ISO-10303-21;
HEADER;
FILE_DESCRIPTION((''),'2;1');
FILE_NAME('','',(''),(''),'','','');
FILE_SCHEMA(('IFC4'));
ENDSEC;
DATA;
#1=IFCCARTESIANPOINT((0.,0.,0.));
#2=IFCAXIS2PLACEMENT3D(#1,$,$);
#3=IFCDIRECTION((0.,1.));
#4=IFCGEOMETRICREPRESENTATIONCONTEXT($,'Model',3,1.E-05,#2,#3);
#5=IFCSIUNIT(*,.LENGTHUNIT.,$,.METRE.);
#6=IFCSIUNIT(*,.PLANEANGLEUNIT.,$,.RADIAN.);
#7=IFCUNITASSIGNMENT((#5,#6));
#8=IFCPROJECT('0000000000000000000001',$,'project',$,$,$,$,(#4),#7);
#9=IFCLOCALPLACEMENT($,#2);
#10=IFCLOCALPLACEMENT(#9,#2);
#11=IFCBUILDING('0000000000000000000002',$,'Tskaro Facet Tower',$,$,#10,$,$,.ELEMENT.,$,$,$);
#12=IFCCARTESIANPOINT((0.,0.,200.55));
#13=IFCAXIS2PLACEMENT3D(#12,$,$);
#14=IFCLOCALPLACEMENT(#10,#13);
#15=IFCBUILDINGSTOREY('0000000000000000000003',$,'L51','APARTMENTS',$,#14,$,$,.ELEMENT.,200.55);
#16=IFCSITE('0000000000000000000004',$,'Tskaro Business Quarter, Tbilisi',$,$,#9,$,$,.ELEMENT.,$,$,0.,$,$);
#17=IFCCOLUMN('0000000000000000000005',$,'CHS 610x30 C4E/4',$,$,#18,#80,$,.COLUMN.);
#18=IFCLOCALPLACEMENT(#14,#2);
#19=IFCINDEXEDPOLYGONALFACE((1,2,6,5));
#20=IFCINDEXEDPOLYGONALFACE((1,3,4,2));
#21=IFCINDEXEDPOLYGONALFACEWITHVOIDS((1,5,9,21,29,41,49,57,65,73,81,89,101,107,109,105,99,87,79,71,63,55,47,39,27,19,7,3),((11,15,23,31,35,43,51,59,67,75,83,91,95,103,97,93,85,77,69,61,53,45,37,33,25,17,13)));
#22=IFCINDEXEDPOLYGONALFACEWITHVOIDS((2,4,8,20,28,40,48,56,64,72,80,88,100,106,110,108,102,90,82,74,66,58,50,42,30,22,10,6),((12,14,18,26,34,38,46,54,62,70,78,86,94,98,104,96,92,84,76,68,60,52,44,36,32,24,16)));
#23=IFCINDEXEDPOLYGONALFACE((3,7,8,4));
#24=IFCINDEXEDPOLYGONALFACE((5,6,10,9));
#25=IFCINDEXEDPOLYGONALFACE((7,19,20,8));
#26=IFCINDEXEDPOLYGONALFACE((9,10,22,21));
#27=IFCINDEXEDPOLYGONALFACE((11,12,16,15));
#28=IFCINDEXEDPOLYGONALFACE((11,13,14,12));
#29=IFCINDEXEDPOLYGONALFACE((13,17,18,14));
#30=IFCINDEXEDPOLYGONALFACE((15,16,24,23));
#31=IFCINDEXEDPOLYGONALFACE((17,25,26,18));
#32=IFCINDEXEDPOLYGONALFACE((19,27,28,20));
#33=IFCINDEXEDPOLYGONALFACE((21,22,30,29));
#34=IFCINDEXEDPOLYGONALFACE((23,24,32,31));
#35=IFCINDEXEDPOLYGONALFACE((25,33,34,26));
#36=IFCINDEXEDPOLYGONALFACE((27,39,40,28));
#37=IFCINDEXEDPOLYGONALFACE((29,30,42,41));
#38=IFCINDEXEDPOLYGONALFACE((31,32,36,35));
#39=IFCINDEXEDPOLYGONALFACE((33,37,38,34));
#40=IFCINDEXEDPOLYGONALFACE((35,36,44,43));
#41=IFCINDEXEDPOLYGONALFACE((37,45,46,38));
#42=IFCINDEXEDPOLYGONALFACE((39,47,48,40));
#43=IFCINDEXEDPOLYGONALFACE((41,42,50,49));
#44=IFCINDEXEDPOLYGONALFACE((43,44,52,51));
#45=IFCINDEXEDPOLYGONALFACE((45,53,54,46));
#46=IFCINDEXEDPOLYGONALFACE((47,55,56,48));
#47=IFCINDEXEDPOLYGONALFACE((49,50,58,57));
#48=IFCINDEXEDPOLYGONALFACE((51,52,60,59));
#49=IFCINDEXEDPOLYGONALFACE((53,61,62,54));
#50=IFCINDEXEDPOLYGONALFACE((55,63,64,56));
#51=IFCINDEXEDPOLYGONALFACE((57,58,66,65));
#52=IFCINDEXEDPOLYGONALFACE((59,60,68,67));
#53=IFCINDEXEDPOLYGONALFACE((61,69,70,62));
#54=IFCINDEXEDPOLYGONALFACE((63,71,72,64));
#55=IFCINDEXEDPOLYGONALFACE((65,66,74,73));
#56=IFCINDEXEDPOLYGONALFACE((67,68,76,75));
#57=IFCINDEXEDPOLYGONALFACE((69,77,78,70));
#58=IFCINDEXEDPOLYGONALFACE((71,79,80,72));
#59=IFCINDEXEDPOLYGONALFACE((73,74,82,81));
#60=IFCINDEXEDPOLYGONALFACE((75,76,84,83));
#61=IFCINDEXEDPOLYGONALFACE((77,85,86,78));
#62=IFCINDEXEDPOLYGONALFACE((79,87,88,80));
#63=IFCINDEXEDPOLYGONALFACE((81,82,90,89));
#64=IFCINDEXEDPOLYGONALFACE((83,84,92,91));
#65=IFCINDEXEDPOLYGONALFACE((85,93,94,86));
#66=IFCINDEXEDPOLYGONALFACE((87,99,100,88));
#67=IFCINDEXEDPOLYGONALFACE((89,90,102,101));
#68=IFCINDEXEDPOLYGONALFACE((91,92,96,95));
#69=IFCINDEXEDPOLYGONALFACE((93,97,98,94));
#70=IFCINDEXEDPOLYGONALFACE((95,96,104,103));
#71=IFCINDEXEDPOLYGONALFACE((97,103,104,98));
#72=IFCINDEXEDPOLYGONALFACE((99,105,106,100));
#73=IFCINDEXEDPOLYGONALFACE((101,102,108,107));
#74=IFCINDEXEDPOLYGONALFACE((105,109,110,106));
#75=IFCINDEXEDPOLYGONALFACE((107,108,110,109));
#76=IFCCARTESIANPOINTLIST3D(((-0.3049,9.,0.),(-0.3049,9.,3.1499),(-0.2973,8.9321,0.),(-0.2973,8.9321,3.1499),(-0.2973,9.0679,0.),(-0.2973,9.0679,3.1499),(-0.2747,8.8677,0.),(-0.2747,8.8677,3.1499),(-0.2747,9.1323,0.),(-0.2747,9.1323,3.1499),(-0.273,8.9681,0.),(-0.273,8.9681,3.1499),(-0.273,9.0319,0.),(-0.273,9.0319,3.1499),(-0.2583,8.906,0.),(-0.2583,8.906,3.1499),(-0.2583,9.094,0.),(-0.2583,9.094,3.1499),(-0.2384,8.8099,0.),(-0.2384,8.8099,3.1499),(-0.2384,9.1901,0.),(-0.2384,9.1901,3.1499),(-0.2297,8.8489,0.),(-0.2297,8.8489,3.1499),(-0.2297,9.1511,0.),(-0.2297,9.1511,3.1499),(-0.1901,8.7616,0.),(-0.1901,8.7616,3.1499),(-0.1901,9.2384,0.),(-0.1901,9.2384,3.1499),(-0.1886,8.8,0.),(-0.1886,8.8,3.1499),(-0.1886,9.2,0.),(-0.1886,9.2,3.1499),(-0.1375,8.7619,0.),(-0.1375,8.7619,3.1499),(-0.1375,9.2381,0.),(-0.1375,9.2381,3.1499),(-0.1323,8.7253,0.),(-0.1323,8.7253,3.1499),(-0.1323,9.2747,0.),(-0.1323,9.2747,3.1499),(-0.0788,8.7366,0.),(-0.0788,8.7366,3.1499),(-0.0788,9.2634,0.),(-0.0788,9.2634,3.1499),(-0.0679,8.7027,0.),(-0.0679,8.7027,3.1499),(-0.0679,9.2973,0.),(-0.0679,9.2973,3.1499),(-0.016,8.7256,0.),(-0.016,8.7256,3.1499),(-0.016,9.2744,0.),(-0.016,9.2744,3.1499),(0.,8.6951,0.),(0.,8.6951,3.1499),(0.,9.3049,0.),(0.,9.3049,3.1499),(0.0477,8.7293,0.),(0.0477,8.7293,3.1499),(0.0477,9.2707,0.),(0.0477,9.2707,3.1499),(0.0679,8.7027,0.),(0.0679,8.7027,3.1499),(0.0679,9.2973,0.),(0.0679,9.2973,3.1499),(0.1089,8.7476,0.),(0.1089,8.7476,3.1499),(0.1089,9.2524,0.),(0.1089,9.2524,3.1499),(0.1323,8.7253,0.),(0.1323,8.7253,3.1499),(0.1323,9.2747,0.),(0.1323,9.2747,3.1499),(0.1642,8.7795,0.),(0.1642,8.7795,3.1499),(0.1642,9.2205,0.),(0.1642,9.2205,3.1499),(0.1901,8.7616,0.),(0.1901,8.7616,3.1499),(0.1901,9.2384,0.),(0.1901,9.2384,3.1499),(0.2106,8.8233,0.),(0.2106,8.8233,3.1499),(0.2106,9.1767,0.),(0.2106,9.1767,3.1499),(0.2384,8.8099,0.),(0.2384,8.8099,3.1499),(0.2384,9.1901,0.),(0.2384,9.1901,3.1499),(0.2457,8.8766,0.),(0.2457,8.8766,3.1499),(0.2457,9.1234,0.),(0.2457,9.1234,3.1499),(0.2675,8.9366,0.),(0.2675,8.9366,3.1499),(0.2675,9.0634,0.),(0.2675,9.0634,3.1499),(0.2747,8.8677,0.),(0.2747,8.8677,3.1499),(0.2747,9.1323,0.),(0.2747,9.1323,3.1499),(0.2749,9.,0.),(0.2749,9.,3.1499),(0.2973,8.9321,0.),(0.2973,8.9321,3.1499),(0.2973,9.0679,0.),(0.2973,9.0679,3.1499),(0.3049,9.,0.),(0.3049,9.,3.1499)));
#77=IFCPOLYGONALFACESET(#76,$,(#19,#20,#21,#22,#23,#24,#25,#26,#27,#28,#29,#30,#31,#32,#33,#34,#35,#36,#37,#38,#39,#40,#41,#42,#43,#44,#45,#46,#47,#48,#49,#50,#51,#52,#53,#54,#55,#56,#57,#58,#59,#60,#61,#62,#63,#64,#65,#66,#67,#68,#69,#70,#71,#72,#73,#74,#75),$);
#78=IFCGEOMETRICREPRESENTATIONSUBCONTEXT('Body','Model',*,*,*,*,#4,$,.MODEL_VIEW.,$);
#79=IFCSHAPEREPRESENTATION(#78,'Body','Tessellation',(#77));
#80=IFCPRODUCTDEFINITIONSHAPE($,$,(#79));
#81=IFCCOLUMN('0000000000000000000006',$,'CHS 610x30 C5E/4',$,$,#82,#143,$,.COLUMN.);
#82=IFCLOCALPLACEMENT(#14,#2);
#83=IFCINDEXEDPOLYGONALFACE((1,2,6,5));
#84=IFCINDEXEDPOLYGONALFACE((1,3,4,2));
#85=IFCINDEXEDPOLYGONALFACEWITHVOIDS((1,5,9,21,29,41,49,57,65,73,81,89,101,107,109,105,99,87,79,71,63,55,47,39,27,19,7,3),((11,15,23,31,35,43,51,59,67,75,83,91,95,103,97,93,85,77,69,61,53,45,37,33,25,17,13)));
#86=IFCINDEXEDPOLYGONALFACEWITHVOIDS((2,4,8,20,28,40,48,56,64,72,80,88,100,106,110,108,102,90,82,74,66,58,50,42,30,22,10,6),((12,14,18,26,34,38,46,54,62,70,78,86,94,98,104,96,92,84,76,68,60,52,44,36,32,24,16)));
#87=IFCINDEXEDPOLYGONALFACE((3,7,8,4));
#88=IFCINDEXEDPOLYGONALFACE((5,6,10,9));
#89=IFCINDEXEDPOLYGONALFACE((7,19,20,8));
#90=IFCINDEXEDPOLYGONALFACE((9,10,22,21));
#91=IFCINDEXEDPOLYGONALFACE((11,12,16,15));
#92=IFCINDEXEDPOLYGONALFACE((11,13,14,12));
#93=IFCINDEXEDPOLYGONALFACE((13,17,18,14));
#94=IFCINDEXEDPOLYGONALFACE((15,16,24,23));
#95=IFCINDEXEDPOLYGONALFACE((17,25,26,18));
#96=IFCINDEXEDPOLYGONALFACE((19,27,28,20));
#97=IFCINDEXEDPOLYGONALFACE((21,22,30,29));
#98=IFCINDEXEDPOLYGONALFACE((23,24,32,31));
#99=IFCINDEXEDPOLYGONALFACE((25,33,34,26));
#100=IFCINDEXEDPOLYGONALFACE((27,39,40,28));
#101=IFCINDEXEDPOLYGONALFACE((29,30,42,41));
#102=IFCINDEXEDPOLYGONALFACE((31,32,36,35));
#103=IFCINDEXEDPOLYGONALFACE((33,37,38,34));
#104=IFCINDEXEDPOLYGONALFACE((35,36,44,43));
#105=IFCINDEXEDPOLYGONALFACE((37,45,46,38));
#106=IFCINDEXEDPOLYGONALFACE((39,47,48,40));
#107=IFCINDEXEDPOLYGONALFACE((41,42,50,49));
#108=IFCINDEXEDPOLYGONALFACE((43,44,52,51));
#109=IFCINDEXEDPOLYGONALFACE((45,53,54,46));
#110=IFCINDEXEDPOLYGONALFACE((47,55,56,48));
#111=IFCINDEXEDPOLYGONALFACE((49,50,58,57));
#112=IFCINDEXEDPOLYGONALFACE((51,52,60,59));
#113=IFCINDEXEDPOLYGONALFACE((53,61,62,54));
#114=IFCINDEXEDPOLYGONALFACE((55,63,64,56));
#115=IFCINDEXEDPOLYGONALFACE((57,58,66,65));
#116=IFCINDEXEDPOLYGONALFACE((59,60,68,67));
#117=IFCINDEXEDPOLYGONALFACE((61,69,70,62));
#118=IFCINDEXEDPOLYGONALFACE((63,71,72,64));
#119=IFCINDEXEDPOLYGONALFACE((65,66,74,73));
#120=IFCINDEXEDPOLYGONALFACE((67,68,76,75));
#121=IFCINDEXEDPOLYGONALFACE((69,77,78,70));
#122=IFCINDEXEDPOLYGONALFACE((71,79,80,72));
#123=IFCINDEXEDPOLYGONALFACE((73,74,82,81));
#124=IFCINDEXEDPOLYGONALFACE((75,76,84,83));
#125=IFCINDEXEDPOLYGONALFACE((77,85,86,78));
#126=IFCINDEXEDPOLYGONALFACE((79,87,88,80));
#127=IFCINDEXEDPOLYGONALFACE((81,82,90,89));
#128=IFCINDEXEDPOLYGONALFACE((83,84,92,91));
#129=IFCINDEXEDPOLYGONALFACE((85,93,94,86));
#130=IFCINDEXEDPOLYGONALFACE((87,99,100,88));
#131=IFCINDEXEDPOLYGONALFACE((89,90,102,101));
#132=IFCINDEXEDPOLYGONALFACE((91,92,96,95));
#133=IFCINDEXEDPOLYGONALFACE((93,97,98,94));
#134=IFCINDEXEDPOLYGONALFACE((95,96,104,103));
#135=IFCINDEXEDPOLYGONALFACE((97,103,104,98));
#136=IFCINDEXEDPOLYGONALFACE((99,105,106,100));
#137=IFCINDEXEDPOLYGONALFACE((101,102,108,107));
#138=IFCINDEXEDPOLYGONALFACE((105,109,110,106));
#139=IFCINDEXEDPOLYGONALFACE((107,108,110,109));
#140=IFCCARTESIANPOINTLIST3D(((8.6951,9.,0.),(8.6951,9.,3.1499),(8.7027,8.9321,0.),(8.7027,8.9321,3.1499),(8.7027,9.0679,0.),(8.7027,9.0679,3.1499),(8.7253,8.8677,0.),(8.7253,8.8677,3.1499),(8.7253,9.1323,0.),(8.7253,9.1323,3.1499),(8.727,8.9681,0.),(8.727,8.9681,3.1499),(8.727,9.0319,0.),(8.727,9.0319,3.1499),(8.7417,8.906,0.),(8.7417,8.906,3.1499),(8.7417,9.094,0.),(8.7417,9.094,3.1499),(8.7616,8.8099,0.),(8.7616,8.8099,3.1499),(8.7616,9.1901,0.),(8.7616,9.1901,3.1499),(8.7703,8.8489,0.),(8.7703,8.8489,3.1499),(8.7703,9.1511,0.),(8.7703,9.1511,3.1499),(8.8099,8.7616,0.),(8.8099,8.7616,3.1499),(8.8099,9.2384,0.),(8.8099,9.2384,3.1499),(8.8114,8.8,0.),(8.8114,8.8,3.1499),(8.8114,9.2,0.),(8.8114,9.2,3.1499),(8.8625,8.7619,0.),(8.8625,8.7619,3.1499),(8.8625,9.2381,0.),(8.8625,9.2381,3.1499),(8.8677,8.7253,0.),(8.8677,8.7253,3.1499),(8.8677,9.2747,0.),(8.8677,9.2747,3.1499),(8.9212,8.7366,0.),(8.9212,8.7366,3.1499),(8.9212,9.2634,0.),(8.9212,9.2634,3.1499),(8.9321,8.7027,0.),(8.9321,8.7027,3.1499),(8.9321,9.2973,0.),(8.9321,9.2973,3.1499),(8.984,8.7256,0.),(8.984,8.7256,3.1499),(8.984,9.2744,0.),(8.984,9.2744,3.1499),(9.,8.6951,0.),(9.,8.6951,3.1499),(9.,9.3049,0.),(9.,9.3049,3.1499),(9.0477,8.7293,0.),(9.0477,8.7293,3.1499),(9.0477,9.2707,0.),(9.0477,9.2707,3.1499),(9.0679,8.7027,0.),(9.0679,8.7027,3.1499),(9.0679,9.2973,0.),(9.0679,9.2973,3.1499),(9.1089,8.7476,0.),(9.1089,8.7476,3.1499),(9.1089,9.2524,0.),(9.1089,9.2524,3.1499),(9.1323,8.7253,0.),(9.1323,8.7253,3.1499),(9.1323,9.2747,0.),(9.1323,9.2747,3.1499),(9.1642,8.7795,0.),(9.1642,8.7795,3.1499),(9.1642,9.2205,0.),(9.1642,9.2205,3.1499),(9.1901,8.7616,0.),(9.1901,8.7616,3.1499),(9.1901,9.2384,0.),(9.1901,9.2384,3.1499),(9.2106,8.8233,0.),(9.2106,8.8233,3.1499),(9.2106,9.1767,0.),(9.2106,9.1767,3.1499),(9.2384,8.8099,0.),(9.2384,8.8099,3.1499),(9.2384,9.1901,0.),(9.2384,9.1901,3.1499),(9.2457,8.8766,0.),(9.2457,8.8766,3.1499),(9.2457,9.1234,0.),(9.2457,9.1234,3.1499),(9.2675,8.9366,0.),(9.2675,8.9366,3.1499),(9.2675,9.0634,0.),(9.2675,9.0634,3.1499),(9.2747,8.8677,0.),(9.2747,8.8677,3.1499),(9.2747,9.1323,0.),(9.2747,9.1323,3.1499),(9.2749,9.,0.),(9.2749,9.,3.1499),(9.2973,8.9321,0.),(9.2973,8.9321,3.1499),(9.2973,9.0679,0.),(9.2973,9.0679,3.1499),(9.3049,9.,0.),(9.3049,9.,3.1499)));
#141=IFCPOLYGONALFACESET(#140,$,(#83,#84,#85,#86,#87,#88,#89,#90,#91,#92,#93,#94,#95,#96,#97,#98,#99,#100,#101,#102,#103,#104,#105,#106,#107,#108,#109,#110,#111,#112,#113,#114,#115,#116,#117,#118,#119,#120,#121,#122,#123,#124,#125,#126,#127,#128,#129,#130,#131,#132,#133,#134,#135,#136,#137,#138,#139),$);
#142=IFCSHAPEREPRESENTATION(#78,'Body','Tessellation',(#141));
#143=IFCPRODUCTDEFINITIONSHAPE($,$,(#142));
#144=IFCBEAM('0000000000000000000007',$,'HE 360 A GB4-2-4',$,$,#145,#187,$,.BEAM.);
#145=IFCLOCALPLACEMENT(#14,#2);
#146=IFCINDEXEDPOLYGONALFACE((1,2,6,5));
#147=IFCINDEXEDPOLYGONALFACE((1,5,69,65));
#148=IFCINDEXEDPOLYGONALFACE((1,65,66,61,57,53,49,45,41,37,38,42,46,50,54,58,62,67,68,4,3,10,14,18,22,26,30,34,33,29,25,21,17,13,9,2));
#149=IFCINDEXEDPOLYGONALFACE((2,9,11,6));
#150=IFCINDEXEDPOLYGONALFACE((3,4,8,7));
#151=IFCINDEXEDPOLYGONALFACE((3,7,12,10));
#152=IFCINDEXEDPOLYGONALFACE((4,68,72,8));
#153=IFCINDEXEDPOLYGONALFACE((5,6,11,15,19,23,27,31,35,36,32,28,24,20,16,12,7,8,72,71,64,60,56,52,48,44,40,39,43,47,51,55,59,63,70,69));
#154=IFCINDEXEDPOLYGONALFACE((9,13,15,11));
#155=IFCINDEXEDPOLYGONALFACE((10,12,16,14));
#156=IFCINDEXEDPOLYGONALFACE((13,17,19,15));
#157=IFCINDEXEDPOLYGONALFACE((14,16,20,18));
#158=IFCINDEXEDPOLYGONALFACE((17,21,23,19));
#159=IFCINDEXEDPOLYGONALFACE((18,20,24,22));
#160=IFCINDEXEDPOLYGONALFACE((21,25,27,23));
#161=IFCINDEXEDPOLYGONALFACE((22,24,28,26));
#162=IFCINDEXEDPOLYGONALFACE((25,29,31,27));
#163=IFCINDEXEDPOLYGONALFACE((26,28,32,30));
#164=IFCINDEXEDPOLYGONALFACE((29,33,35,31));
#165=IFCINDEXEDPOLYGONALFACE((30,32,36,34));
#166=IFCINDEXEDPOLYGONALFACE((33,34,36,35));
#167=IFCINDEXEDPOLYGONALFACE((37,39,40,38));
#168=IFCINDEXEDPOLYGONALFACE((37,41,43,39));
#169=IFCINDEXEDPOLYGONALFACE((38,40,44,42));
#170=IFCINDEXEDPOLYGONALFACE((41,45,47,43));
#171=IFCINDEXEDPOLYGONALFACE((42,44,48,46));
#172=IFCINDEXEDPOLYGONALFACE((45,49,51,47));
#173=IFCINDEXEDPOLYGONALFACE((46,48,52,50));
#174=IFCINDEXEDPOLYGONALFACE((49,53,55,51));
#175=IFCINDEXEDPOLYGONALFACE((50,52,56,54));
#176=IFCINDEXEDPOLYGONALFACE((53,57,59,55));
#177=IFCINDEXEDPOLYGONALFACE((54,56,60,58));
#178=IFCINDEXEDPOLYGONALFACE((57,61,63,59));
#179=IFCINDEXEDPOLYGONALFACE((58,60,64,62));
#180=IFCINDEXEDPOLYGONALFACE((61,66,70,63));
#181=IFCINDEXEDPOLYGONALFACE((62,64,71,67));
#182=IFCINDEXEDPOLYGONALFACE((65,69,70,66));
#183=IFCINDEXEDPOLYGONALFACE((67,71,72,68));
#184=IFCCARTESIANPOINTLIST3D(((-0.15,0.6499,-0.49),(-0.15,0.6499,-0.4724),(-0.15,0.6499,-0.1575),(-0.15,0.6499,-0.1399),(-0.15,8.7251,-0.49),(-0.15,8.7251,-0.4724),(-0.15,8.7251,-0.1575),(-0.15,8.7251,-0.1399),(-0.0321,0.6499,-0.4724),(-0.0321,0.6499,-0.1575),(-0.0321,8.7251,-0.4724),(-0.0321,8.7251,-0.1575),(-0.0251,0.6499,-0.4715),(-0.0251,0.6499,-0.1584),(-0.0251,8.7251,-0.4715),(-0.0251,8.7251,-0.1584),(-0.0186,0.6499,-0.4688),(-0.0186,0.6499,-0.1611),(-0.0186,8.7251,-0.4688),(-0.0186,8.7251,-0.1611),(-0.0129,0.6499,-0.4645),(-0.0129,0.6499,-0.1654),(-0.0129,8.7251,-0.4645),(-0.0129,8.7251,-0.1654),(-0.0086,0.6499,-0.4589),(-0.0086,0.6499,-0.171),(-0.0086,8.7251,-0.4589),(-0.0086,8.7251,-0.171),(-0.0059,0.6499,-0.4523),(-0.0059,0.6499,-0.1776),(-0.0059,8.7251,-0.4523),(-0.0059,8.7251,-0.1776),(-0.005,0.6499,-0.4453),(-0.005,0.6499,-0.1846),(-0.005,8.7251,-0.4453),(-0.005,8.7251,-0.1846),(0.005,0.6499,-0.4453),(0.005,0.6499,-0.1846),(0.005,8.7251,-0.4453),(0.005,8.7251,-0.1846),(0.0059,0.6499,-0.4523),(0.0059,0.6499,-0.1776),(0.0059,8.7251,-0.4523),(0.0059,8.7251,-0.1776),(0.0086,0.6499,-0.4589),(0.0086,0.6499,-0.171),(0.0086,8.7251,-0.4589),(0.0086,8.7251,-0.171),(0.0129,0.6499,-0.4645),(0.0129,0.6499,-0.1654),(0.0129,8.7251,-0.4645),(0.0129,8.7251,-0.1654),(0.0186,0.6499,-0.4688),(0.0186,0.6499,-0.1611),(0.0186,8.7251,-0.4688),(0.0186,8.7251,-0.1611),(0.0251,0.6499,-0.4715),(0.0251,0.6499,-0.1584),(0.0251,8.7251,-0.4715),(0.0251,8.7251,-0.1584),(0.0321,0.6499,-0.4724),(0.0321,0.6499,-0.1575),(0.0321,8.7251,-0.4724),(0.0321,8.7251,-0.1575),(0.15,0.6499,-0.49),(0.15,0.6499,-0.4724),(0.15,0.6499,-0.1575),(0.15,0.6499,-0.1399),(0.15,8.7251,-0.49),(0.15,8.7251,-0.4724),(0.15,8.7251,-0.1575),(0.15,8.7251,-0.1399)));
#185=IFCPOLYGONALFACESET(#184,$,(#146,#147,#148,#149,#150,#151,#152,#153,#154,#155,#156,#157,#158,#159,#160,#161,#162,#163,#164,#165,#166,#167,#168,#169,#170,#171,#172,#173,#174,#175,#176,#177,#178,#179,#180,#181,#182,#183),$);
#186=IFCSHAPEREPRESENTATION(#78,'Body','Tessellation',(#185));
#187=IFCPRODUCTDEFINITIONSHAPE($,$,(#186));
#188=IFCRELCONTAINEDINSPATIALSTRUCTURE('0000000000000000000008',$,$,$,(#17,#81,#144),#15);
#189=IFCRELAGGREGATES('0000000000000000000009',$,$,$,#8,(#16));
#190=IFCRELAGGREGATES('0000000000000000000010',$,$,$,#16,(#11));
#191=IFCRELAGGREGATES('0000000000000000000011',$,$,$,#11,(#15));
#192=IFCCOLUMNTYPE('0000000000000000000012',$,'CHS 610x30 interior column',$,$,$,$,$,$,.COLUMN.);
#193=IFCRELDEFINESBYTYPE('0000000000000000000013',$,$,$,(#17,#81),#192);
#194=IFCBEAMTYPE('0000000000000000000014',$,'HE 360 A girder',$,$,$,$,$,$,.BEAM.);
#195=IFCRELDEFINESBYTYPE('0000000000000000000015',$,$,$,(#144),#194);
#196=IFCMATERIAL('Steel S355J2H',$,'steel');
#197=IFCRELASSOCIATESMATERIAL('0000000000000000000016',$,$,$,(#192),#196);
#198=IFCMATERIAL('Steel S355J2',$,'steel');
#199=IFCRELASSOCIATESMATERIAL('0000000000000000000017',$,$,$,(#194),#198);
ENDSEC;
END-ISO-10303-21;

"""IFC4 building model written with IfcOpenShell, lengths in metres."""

from ifc_helpers import new_model, si_unit, direction, frame, origin, origin_2d, place, context, subcontext, project, spatial, hollow_circle, i_section, extrude, material, material_profile, profile_set, type_object, element, save


model = new_model("IFC4")

# Units and contexts
model_context = context("Model", 3, precision=1e-05, world=origin(), true_north=direction((0.0, 1.0)))
body_context = subcontext(model_context, "Body", "Model", "MODEL_VIEW")
ifc_project = project(units=[si_unit("LENGTHUNIT", "METRE"), si_unit("PLANEANGLEUNIT", "RADIAN")], contexts=[model_context])

# Site, building, storey
site_placement = place(None, origin())
site = spatial("IfcSite", under=ifc_project, at=site_placement, Name="Tskaro Business Quarter, Tbilisi", CompositionType="ELEMENT", RefElevation=0.0)
building_placement = place(site_placement, origin())
building = spatial("IfcBuilding", under=site, at=building_placement, Name="Tskaro Facet Tower", CompositionType="ELEMENT")
storey_placement = place(building_placement, frame((0.0, 0.0, 200.55)))
storey = spatial("IfcBuildingStorey", under=building, at=storey_placement, Name="L51", Description="APARTMENTS", CompositionType="ELEMENT", Elevation=200.55)

# Columns
ifc_material_1 = material(Name="Steel S355J2H", Category="steel")
ifc_material_profile_1 = material_profile(ifc_material_1, hollow_circle(Radius=0.3049, WallThickness=0.03, at=origin_2d()), Name="CHS 610x30")
ifc_profile_set_1 = profile_set([ifc_material_profile_1], Name="Steel S355J2H")
column_type = type_object("IfcColumnType", Name="CHS 610x30 interior column", PredefinedType="COLUMN", material=ifc_profile_set_1)
for number, where, z_axis, x_axis, name in (
    (1, (0.0, 9.0, 0.0), (0.0, 0.0, 1.0), (1.0, 0.0, 0.0), "CHS 610x30 C4E/4"),
    (2, (9.0, 9.0, 0.0), (0.0, 0.0, 1.0), (1.0, 0.0, 0.0), "CHS 610x30 C5E/4"),
):
    element("IfcColumn", number, at=place(storey_placement, frame(where, z_axis=z_axis, x_axis=x_axis)), inside=storey, type_object=column_type, Name=name, PredefinedType="COLUMN", context=body_context, shape_type="SweptSolid", body=[
        extrude(hollow_circle(Radius=0.3049, WallThickness=0.03, at=origin_2d()), origin(), (0.0, 0.0, 1.0), 3.1499),
    ])

# Beam
ifc_material_2 = material(Name="Steel S355J2", Category="steel")
ifc_material_profile_2 = material_profile(ifc_material_2, i_section(OverallWidth=0.3, OverallDepth=0.3501, WebThickness=0.01, FlangeThickness=0.0176, FilletRadius=0.0271, at=origin_2d()), Name="HE 360 A")
ifc_profile_set_2 = profile_set([ifc_material_profile_2], Name="Steel S355J2")
beam_type_1 = type_object("IfcBeamType", Name="HE 360 A girder", PredefinedType="BEAM", material=ifc_profile_set_2)
beam_1_placement = place(storey_placement, frame((0.0, 0.6499, -0.3149), z_axis=(0.0, 1.0, 0.0), x_axis=(-1.0, 0.0, 0.0)))
element("IfcBeam", 3, at=beam_1_placement, inside=storey, type_object=beam_type_1, Name="HE 360 A GB4-2-4", PredefinedType="BEAM", context=body_context, shape_type="SweptSolid", body=[
    extrude(i_section(OverallWidth=0.3, OverallDepth=0.3501, WebThickness=0.01, FlangeThickness=0.0176, FilletRadius=0.0271, at=origin_2d()), origin(), (0.0, 0.0, 1.0), 8.0752),
])

save(model, "model.ifc")
